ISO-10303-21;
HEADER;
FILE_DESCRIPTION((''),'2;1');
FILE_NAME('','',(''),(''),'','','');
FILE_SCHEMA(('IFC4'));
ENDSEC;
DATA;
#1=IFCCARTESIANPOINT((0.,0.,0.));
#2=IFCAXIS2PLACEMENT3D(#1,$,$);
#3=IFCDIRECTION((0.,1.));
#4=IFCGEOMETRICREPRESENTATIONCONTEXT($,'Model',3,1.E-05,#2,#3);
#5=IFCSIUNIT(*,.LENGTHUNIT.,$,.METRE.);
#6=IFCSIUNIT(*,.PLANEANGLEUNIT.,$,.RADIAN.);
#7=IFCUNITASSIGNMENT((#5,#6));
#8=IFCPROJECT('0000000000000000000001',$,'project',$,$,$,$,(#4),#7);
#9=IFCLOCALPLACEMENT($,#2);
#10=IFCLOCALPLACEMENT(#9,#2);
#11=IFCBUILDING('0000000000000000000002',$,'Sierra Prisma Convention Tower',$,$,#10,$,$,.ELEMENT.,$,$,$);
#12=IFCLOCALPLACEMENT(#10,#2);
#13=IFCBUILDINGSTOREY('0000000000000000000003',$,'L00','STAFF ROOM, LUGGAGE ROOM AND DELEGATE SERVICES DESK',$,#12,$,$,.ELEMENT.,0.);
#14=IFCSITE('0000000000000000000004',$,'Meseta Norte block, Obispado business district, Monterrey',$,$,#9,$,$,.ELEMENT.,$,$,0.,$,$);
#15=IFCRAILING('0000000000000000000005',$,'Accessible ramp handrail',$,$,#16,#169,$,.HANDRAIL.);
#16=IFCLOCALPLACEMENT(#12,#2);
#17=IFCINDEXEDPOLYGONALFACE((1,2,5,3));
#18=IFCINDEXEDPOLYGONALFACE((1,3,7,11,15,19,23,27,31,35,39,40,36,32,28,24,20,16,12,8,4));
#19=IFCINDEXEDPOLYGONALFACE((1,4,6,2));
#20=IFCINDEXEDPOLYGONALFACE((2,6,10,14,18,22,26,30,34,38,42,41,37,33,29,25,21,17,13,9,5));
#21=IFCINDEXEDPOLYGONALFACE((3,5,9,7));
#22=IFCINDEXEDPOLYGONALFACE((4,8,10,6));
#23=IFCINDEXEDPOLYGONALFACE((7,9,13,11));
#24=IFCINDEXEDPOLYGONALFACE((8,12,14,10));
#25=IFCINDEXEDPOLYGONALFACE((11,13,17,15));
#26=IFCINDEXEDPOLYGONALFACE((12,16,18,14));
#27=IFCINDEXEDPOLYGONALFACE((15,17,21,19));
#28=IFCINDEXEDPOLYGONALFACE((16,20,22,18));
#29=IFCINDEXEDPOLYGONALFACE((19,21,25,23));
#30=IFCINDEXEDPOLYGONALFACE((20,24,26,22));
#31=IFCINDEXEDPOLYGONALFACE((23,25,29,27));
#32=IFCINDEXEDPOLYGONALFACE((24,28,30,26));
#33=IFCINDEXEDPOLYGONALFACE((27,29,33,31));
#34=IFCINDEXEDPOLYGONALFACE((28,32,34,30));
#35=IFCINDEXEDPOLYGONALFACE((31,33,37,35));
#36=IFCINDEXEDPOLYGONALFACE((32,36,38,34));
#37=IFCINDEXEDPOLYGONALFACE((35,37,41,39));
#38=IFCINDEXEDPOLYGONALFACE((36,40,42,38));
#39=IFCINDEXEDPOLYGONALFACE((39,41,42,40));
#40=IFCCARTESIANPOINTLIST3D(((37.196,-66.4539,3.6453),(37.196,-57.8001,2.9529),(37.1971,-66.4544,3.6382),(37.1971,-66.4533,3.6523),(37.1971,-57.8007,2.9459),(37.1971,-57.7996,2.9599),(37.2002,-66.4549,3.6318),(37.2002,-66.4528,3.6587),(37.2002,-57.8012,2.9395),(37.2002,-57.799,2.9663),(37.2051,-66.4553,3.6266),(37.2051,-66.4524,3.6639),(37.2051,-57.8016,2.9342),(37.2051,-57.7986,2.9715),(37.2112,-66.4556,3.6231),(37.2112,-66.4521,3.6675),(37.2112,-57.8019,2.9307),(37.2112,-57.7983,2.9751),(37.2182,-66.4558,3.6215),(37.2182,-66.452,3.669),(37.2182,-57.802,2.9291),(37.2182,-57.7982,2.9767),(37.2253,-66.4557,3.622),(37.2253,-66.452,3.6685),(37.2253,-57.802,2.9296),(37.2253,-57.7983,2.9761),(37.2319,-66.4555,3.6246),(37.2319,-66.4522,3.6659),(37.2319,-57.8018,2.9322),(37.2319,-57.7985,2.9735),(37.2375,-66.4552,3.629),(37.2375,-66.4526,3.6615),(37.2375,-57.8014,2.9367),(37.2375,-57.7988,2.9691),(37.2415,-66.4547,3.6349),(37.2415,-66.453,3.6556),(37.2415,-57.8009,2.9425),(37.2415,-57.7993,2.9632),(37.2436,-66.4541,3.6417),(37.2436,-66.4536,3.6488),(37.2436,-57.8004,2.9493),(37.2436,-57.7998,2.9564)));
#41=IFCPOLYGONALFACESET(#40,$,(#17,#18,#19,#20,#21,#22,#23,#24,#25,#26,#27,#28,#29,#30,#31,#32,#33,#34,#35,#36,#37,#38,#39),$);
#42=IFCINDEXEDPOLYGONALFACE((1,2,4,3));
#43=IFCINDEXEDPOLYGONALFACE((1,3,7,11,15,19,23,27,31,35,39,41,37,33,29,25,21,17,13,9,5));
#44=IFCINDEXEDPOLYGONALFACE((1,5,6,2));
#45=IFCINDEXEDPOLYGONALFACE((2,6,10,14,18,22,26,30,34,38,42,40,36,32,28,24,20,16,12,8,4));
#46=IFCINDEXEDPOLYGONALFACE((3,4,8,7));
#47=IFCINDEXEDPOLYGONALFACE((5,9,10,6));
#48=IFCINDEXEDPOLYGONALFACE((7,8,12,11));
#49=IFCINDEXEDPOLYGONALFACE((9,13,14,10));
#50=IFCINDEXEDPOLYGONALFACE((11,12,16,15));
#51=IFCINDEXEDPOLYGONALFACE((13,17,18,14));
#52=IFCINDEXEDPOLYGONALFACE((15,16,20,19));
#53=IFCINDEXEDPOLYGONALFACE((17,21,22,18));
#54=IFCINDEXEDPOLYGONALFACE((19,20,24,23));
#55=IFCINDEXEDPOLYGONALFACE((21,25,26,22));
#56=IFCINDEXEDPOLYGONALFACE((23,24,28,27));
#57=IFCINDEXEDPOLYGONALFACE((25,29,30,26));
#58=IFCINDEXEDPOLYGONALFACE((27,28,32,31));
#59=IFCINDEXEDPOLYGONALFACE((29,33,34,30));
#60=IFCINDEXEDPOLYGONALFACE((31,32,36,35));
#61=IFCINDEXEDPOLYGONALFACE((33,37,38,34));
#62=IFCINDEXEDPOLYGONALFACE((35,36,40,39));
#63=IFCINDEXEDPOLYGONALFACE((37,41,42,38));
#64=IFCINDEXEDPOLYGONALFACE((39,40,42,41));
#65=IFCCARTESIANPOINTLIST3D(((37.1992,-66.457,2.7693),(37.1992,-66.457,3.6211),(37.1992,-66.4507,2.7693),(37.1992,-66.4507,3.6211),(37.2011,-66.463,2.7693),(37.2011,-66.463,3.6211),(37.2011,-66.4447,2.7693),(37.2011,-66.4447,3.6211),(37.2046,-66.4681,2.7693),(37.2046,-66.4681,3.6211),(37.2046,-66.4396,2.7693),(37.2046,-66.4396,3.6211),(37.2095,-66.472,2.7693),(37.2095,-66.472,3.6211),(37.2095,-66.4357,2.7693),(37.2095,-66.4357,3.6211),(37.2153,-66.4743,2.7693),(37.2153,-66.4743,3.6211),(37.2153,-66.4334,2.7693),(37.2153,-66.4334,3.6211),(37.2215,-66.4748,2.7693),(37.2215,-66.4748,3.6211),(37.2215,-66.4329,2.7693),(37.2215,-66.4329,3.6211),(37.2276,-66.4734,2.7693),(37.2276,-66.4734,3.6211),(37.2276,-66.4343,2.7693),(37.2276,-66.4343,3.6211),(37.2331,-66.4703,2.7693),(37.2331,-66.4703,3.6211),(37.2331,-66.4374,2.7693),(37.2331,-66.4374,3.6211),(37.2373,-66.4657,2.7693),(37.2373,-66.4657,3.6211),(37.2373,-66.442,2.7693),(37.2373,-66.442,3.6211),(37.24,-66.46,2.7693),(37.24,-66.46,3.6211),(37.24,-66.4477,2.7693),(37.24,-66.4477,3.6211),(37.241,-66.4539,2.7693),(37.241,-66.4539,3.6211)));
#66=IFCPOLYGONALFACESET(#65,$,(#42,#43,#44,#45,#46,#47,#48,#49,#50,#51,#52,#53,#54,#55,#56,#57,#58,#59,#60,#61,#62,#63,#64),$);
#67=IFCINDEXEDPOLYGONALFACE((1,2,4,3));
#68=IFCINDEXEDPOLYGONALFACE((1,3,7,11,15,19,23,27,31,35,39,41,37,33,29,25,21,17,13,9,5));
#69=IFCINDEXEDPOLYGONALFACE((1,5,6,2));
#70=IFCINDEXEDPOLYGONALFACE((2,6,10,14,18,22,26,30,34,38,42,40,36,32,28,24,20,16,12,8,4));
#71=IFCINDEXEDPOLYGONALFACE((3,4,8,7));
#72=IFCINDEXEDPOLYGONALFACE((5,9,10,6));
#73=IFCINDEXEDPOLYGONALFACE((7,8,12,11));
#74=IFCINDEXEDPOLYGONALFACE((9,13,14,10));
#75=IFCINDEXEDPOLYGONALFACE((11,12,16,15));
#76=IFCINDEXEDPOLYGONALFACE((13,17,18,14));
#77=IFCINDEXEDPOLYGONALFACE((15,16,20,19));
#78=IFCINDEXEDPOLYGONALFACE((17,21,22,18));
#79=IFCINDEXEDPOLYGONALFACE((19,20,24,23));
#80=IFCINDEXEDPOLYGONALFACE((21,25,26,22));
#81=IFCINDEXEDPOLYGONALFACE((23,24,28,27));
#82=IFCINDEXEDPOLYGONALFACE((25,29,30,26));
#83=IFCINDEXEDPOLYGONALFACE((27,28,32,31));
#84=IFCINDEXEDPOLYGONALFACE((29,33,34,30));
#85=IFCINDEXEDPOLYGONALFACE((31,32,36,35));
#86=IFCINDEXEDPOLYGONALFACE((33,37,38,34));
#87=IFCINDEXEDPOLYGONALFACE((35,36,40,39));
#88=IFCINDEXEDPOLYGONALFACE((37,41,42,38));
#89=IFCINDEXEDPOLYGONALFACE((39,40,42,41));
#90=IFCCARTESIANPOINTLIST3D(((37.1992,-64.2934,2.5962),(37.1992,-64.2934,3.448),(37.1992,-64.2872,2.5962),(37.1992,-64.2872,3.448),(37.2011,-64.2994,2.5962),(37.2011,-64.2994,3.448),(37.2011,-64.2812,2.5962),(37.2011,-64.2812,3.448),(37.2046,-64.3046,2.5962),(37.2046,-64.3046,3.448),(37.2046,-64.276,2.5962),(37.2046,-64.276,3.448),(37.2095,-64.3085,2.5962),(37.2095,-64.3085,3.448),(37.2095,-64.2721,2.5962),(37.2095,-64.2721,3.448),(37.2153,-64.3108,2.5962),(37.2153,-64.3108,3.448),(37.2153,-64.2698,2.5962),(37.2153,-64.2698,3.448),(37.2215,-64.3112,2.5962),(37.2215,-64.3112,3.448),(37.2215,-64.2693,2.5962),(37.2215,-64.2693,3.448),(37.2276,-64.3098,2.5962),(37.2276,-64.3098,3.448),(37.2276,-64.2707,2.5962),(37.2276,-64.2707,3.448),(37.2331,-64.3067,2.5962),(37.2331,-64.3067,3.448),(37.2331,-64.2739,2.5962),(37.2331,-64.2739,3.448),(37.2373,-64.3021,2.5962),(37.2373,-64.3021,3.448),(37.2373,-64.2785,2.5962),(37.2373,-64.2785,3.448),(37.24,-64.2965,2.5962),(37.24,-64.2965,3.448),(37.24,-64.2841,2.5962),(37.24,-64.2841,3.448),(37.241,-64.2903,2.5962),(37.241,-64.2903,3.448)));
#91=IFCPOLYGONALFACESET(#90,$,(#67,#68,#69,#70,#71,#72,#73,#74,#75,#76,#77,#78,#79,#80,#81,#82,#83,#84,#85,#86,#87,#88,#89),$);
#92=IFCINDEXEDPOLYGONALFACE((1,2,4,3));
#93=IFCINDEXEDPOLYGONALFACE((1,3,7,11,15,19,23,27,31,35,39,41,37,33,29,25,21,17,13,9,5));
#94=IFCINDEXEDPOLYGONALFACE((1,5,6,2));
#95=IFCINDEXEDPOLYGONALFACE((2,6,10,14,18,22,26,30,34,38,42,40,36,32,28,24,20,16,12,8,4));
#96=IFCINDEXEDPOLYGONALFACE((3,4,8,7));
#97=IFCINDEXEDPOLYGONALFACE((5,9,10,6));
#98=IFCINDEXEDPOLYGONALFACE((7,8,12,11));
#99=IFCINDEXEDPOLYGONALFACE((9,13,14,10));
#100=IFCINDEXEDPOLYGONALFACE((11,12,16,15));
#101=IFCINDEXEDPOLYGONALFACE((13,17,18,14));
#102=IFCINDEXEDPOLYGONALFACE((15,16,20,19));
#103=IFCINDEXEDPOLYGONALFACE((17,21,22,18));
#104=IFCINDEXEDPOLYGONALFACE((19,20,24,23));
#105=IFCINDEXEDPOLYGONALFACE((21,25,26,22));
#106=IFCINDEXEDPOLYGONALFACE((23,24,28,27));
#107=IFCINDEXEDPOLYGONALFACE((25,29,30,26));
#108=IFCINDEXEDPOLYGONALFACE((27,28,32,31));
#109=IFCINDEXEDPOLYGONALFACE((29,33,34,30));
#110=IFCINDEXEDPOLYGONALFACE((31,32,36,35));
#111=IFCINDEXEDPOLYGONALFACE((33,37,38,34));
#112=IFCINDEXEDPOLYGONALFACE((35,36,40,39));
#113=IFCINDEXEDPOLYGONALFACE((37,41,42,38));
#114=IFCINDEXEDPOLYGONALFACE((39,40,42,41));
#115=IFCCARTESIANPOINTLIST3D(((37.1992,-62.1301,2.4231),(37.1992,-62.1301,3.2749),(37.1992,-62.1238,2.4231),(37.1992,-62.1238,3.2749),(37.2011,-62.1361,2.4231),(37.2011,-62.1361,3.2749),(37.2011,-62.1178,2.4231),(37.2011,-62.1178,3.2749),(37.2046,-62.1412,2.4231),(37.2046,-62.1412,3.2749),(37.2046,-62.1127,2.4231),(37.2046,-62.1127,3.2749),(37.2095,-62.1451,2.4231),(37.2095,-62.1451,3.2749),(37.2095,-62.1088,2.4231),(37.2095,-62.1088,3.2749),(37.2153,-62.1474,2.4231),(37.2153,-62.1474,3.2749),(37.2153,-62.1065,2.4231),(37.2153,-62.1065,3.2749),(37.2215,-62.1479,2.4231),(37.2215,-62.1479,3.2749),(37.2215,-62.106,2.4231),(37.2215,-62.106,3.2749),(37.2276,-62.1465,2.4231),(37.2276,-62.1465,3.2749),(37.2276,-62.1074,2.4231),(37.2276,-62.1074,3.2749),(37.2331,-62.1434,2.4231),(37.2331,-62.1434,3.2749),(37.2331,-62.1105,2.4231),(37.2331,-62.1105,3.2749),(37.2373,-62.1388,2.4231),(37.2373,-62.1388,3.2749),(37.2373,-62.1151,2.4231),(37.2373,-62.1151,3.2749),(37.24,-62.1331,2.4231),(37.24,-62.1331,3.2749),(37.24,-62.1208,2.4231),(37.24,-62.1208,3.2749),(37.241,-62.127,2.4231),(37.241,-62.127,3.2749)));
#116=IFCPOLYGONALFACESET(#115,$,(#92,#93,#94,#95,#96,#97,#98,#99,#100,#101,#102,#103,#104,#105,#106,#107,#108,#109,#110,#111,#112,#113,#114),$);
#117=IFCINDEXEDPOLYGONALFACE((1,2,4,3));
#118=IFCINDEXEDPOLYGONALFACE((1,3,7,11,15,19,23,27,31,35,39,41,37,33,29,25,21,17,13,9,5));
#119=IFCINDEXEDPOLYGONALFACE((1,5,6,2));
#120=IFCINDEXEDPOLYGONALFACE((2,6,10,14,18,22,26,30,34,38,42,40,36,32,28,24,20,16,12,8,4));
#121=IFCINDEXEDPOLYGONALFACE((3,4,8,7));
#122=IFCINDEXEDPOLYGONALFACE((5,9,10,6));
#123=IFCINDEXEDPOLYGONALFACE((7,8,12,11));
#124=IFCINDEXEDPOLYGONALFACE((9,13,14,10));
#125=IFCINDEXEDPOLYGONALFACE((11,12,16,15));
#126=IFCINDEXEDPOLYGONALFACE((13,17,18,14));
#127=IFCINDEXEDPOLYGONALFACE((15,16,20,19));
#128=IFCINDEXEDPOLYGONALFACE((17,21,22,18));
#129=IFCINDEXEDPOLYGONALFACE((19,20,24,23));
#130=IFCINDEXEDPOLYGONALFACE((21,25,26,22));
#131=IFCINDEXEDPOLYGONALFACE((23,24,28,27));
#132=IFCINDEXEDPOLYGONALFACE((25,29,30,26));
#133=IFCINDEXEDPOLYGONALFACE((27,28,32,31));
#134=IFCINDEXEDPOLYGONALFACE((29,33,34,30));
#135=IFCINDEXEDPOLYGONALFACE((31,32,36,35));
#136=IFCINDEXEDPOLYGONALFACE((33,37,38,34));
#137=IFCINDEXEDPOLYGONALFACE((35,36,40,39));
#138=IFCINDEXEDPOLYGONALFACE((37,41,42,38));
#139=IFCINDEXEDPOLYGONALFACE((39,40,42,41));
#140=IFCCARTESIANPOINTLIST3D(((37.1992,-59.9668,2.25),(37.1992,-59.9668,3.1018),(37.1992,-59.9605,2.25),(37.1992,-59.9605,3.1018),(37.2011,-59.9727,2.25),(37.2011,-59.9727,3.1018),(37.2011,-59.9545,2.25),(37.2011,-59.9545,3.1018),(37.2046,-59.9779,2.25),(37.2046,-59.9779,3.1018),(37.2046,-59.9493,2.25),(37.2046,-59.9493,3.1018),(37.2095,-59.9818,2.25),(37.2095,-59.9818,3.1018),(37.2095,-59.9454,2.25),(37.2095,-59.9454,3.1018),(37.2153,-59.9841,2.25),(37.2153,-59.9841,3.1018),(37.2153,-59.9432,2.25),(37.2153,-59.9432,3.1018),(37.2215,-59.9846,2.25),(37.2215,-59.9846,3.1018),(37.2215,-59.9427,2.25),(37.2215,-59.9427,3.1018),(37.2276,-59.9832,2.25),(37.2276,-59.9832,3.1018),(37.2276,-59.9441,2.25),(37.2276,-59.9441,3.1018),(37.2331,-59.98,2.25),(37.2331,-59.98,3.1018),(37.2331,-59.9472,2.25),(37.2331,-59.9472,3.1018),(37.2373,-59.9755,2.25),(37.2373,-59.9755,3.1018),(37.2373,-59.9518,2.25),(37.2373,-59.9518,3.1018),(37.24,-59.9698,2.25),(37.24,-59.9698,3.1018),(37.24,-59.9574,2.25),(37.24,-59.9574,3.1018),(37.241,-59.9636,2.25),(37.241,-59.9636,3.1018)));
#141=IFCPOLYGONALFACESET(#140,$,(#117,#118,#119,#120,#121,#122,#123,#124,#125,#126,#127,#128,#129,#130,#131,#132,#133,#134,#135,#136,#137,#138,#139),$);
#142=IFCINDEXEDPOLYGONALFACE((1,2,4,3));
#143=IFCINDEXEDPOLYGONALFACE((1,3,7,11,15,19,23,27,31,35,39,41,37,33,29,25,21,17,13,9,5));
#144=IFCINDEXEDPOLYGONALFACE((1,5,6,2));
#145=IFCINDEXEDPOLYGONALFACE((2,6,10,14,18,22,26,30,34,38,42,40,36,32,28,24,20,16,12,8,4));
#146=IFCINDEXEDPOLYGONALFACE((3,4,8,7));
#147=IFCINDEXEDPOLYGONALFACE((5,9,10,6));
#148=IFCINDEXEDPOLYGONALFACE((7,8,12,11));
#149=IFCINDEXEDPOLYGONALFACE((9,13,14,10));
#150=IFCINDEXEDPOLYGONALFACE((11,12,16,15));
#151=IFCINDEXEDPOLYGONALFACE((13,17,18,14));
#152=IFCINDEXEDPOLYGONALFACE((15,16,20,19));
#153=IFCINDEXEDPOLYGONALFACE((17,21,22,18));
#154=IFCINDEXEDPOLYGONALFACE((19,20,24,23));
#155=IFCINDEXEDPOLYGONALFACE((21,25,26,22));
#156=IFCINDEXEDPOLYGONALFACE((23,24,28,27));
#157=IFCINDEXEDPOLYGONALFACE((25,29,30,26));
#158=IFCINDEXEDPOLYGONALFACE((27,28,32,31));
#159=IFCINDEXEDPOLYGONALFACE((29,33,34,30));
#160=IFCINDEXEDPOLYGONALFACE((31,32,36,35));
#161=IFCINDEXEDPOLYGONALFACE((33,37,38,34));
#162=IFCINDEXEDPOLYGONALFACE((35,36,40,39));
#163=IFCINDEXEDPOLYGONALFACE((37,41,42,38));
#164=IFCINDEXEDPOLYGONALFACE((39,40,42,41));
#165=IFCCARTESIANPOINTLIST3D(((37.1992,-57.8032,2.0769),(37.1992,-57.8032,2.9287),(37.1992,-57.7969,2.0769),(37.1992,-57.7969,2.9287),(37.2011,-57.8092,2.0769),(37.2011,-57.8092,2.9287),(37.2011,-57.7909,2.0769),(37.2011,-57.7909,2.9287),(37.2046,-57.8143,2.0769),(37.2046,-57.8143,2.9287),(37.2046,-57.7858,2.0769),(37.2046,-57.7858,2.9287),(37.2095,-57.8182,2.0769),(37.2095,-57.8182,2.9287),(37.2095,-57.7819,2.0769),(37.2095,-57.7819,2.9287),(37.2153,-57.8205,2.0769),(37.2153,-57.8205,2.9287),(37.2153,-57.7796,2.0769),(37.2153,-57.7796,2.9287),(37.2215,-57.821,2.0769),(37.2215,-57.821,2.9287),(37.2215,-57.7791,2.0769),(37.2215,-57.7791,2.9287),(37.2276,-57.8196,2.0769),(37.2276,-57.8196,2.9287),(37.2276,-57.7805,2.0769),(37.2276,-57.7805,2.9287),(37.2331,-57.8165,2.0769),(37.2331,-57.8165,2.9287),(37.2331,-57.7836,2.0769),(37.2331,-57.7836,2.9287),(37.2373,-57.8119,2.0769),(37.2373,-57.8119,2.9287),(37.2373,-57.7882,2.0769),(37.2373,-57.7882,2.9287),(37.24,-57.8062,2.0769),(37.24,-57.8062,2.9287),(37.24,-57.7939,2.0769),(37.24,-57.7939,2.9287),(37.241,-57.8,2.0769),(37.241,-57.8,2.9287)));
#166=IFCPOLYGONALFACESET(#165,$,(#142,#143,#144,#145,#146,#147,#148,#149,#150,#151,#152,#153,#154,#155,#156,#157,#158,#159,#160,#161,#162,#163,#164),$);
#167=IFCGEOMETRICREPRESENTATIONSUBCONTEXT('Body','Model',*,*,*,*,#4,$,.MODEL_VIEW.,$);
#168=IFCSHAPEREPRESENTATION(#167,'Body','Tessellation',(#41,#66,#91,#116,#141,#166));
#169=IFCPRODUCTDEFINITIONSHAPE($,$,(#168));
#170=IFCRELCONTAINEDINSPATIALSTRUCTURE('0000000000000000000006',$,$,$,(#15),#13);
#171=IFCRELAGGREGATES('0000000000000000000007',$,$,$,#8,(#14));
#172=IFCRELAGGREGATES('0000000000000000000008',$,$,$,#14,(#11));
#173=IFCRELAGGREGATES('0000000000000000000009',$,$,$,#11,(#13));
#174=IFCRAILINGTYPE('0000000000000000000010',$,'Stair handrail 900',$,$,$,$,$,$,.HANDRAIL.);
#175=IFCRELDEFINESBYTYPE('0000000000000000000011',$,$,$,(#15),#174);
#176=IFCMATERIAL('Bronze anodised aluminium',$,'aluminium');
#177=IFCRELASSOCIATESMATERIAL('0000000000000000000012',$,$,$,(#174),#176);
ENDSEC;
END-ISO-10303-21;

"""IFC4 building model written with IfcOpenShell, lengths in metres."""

from ifc_helpers import new_model, si_unit, direction, frame, origin, origin_2d, place, context, subcontext, project, spatial, circle, extrude, material, type_object, element, save


model = new_model("IFC4")

# Units and contexts
model_context = context("Model", 3, precision=1e-05, world=origin(), true_north=direction((0.0, 1.0)))
body_context = subcontext(model_context, "Body", "Model", "MODEL_VIEW")
ifc_project = project(units=[si_unit("LENGTHUNIT", "METRE"), si_unit("PLANEANGLEUNIT", "RADIAN")], contexts=[model_context])

# Site, building, storey
site_placement = place(None, origin())
site = spatial("IfcSite", under=ifc_project, at=site_placement, Name="Meseta Norte block, Obispado business district, Monterrey", CompositionType="ELEMENT", RefElevation=0.0)
building_placement = place(site_placement, origin())
building = spatial("IfcBuilding", under=site, at=building_placement, Name="Sierra Prisma Convention Tower", CompositionType="ELEMENT")
storey_placement = place(building_placement, origin())
storey = spatial("IfcBuildingStorey", under=building, at=storey_placement, Name="L00", Description="STAFF ROOM, LUGGAGE ROOM AND DELEGATE SERVICES DESK", CompositionType="ELEMENT", Elevation=0.0)

# Railing
ifc_material_1 = material(Name="Bronze anodised aluminium", Category="aluminium")
railing_type_1 = type_object("IfcRailingType", Name="Stair handrail 900", PredefinedType="HANDRAIL", material=ifc_material_1)
railing_1_placement = place(storey_placement, frame((37.22, -66.4539, 2.7693)))
element("IfcRailing", 1, at=railing_1_placement, inside=storey, type_object=railing_type_1, Name="Accessible ramp handrail", PredefinedType="HANDRAIL", context=body_context, shape_type="SweptSolid", body=[
    extrude(circle(Radius=0.0239, at=origin_2d()), frame((0.0, 0.0, 0.876), z_axis=(0.0, 0.996815, -0.079754), x_axis=(-1.0, 0.0, 0.0)), (0.0, 0.0, 1.0), 8.6814),
    extrude(circle(Radius=0.021, at=origin_2d()), origin(), (0.0, 0.0, 1.0), 0.8518),
    extrude(circle(Radius=0.021, at=origin_2d()), frame((0.0, 2.1636, -0.1731)), (0.0, 0.0, 1.0), 0.8518),
    extrude(circle(Radius=0.021, at=origin_2d()), frame((0.0, 4.3269, -0.3462)), (0.0, 0.0, 1.0), 0.8518),
    extrude(circle(Radius=0.021, at=origin_2d()), frame((0.0, 6.4902, -0.5193)), (0.0, 0.0, 1.0), 0.8518),
    extrude(circle(Radius=0.021, at=origin_2d()), frame((0.0, 8.6538, -0.6924)), (0.0, 0.0, 1.0), 0.8518),
])

save(model, "model.ifc")
